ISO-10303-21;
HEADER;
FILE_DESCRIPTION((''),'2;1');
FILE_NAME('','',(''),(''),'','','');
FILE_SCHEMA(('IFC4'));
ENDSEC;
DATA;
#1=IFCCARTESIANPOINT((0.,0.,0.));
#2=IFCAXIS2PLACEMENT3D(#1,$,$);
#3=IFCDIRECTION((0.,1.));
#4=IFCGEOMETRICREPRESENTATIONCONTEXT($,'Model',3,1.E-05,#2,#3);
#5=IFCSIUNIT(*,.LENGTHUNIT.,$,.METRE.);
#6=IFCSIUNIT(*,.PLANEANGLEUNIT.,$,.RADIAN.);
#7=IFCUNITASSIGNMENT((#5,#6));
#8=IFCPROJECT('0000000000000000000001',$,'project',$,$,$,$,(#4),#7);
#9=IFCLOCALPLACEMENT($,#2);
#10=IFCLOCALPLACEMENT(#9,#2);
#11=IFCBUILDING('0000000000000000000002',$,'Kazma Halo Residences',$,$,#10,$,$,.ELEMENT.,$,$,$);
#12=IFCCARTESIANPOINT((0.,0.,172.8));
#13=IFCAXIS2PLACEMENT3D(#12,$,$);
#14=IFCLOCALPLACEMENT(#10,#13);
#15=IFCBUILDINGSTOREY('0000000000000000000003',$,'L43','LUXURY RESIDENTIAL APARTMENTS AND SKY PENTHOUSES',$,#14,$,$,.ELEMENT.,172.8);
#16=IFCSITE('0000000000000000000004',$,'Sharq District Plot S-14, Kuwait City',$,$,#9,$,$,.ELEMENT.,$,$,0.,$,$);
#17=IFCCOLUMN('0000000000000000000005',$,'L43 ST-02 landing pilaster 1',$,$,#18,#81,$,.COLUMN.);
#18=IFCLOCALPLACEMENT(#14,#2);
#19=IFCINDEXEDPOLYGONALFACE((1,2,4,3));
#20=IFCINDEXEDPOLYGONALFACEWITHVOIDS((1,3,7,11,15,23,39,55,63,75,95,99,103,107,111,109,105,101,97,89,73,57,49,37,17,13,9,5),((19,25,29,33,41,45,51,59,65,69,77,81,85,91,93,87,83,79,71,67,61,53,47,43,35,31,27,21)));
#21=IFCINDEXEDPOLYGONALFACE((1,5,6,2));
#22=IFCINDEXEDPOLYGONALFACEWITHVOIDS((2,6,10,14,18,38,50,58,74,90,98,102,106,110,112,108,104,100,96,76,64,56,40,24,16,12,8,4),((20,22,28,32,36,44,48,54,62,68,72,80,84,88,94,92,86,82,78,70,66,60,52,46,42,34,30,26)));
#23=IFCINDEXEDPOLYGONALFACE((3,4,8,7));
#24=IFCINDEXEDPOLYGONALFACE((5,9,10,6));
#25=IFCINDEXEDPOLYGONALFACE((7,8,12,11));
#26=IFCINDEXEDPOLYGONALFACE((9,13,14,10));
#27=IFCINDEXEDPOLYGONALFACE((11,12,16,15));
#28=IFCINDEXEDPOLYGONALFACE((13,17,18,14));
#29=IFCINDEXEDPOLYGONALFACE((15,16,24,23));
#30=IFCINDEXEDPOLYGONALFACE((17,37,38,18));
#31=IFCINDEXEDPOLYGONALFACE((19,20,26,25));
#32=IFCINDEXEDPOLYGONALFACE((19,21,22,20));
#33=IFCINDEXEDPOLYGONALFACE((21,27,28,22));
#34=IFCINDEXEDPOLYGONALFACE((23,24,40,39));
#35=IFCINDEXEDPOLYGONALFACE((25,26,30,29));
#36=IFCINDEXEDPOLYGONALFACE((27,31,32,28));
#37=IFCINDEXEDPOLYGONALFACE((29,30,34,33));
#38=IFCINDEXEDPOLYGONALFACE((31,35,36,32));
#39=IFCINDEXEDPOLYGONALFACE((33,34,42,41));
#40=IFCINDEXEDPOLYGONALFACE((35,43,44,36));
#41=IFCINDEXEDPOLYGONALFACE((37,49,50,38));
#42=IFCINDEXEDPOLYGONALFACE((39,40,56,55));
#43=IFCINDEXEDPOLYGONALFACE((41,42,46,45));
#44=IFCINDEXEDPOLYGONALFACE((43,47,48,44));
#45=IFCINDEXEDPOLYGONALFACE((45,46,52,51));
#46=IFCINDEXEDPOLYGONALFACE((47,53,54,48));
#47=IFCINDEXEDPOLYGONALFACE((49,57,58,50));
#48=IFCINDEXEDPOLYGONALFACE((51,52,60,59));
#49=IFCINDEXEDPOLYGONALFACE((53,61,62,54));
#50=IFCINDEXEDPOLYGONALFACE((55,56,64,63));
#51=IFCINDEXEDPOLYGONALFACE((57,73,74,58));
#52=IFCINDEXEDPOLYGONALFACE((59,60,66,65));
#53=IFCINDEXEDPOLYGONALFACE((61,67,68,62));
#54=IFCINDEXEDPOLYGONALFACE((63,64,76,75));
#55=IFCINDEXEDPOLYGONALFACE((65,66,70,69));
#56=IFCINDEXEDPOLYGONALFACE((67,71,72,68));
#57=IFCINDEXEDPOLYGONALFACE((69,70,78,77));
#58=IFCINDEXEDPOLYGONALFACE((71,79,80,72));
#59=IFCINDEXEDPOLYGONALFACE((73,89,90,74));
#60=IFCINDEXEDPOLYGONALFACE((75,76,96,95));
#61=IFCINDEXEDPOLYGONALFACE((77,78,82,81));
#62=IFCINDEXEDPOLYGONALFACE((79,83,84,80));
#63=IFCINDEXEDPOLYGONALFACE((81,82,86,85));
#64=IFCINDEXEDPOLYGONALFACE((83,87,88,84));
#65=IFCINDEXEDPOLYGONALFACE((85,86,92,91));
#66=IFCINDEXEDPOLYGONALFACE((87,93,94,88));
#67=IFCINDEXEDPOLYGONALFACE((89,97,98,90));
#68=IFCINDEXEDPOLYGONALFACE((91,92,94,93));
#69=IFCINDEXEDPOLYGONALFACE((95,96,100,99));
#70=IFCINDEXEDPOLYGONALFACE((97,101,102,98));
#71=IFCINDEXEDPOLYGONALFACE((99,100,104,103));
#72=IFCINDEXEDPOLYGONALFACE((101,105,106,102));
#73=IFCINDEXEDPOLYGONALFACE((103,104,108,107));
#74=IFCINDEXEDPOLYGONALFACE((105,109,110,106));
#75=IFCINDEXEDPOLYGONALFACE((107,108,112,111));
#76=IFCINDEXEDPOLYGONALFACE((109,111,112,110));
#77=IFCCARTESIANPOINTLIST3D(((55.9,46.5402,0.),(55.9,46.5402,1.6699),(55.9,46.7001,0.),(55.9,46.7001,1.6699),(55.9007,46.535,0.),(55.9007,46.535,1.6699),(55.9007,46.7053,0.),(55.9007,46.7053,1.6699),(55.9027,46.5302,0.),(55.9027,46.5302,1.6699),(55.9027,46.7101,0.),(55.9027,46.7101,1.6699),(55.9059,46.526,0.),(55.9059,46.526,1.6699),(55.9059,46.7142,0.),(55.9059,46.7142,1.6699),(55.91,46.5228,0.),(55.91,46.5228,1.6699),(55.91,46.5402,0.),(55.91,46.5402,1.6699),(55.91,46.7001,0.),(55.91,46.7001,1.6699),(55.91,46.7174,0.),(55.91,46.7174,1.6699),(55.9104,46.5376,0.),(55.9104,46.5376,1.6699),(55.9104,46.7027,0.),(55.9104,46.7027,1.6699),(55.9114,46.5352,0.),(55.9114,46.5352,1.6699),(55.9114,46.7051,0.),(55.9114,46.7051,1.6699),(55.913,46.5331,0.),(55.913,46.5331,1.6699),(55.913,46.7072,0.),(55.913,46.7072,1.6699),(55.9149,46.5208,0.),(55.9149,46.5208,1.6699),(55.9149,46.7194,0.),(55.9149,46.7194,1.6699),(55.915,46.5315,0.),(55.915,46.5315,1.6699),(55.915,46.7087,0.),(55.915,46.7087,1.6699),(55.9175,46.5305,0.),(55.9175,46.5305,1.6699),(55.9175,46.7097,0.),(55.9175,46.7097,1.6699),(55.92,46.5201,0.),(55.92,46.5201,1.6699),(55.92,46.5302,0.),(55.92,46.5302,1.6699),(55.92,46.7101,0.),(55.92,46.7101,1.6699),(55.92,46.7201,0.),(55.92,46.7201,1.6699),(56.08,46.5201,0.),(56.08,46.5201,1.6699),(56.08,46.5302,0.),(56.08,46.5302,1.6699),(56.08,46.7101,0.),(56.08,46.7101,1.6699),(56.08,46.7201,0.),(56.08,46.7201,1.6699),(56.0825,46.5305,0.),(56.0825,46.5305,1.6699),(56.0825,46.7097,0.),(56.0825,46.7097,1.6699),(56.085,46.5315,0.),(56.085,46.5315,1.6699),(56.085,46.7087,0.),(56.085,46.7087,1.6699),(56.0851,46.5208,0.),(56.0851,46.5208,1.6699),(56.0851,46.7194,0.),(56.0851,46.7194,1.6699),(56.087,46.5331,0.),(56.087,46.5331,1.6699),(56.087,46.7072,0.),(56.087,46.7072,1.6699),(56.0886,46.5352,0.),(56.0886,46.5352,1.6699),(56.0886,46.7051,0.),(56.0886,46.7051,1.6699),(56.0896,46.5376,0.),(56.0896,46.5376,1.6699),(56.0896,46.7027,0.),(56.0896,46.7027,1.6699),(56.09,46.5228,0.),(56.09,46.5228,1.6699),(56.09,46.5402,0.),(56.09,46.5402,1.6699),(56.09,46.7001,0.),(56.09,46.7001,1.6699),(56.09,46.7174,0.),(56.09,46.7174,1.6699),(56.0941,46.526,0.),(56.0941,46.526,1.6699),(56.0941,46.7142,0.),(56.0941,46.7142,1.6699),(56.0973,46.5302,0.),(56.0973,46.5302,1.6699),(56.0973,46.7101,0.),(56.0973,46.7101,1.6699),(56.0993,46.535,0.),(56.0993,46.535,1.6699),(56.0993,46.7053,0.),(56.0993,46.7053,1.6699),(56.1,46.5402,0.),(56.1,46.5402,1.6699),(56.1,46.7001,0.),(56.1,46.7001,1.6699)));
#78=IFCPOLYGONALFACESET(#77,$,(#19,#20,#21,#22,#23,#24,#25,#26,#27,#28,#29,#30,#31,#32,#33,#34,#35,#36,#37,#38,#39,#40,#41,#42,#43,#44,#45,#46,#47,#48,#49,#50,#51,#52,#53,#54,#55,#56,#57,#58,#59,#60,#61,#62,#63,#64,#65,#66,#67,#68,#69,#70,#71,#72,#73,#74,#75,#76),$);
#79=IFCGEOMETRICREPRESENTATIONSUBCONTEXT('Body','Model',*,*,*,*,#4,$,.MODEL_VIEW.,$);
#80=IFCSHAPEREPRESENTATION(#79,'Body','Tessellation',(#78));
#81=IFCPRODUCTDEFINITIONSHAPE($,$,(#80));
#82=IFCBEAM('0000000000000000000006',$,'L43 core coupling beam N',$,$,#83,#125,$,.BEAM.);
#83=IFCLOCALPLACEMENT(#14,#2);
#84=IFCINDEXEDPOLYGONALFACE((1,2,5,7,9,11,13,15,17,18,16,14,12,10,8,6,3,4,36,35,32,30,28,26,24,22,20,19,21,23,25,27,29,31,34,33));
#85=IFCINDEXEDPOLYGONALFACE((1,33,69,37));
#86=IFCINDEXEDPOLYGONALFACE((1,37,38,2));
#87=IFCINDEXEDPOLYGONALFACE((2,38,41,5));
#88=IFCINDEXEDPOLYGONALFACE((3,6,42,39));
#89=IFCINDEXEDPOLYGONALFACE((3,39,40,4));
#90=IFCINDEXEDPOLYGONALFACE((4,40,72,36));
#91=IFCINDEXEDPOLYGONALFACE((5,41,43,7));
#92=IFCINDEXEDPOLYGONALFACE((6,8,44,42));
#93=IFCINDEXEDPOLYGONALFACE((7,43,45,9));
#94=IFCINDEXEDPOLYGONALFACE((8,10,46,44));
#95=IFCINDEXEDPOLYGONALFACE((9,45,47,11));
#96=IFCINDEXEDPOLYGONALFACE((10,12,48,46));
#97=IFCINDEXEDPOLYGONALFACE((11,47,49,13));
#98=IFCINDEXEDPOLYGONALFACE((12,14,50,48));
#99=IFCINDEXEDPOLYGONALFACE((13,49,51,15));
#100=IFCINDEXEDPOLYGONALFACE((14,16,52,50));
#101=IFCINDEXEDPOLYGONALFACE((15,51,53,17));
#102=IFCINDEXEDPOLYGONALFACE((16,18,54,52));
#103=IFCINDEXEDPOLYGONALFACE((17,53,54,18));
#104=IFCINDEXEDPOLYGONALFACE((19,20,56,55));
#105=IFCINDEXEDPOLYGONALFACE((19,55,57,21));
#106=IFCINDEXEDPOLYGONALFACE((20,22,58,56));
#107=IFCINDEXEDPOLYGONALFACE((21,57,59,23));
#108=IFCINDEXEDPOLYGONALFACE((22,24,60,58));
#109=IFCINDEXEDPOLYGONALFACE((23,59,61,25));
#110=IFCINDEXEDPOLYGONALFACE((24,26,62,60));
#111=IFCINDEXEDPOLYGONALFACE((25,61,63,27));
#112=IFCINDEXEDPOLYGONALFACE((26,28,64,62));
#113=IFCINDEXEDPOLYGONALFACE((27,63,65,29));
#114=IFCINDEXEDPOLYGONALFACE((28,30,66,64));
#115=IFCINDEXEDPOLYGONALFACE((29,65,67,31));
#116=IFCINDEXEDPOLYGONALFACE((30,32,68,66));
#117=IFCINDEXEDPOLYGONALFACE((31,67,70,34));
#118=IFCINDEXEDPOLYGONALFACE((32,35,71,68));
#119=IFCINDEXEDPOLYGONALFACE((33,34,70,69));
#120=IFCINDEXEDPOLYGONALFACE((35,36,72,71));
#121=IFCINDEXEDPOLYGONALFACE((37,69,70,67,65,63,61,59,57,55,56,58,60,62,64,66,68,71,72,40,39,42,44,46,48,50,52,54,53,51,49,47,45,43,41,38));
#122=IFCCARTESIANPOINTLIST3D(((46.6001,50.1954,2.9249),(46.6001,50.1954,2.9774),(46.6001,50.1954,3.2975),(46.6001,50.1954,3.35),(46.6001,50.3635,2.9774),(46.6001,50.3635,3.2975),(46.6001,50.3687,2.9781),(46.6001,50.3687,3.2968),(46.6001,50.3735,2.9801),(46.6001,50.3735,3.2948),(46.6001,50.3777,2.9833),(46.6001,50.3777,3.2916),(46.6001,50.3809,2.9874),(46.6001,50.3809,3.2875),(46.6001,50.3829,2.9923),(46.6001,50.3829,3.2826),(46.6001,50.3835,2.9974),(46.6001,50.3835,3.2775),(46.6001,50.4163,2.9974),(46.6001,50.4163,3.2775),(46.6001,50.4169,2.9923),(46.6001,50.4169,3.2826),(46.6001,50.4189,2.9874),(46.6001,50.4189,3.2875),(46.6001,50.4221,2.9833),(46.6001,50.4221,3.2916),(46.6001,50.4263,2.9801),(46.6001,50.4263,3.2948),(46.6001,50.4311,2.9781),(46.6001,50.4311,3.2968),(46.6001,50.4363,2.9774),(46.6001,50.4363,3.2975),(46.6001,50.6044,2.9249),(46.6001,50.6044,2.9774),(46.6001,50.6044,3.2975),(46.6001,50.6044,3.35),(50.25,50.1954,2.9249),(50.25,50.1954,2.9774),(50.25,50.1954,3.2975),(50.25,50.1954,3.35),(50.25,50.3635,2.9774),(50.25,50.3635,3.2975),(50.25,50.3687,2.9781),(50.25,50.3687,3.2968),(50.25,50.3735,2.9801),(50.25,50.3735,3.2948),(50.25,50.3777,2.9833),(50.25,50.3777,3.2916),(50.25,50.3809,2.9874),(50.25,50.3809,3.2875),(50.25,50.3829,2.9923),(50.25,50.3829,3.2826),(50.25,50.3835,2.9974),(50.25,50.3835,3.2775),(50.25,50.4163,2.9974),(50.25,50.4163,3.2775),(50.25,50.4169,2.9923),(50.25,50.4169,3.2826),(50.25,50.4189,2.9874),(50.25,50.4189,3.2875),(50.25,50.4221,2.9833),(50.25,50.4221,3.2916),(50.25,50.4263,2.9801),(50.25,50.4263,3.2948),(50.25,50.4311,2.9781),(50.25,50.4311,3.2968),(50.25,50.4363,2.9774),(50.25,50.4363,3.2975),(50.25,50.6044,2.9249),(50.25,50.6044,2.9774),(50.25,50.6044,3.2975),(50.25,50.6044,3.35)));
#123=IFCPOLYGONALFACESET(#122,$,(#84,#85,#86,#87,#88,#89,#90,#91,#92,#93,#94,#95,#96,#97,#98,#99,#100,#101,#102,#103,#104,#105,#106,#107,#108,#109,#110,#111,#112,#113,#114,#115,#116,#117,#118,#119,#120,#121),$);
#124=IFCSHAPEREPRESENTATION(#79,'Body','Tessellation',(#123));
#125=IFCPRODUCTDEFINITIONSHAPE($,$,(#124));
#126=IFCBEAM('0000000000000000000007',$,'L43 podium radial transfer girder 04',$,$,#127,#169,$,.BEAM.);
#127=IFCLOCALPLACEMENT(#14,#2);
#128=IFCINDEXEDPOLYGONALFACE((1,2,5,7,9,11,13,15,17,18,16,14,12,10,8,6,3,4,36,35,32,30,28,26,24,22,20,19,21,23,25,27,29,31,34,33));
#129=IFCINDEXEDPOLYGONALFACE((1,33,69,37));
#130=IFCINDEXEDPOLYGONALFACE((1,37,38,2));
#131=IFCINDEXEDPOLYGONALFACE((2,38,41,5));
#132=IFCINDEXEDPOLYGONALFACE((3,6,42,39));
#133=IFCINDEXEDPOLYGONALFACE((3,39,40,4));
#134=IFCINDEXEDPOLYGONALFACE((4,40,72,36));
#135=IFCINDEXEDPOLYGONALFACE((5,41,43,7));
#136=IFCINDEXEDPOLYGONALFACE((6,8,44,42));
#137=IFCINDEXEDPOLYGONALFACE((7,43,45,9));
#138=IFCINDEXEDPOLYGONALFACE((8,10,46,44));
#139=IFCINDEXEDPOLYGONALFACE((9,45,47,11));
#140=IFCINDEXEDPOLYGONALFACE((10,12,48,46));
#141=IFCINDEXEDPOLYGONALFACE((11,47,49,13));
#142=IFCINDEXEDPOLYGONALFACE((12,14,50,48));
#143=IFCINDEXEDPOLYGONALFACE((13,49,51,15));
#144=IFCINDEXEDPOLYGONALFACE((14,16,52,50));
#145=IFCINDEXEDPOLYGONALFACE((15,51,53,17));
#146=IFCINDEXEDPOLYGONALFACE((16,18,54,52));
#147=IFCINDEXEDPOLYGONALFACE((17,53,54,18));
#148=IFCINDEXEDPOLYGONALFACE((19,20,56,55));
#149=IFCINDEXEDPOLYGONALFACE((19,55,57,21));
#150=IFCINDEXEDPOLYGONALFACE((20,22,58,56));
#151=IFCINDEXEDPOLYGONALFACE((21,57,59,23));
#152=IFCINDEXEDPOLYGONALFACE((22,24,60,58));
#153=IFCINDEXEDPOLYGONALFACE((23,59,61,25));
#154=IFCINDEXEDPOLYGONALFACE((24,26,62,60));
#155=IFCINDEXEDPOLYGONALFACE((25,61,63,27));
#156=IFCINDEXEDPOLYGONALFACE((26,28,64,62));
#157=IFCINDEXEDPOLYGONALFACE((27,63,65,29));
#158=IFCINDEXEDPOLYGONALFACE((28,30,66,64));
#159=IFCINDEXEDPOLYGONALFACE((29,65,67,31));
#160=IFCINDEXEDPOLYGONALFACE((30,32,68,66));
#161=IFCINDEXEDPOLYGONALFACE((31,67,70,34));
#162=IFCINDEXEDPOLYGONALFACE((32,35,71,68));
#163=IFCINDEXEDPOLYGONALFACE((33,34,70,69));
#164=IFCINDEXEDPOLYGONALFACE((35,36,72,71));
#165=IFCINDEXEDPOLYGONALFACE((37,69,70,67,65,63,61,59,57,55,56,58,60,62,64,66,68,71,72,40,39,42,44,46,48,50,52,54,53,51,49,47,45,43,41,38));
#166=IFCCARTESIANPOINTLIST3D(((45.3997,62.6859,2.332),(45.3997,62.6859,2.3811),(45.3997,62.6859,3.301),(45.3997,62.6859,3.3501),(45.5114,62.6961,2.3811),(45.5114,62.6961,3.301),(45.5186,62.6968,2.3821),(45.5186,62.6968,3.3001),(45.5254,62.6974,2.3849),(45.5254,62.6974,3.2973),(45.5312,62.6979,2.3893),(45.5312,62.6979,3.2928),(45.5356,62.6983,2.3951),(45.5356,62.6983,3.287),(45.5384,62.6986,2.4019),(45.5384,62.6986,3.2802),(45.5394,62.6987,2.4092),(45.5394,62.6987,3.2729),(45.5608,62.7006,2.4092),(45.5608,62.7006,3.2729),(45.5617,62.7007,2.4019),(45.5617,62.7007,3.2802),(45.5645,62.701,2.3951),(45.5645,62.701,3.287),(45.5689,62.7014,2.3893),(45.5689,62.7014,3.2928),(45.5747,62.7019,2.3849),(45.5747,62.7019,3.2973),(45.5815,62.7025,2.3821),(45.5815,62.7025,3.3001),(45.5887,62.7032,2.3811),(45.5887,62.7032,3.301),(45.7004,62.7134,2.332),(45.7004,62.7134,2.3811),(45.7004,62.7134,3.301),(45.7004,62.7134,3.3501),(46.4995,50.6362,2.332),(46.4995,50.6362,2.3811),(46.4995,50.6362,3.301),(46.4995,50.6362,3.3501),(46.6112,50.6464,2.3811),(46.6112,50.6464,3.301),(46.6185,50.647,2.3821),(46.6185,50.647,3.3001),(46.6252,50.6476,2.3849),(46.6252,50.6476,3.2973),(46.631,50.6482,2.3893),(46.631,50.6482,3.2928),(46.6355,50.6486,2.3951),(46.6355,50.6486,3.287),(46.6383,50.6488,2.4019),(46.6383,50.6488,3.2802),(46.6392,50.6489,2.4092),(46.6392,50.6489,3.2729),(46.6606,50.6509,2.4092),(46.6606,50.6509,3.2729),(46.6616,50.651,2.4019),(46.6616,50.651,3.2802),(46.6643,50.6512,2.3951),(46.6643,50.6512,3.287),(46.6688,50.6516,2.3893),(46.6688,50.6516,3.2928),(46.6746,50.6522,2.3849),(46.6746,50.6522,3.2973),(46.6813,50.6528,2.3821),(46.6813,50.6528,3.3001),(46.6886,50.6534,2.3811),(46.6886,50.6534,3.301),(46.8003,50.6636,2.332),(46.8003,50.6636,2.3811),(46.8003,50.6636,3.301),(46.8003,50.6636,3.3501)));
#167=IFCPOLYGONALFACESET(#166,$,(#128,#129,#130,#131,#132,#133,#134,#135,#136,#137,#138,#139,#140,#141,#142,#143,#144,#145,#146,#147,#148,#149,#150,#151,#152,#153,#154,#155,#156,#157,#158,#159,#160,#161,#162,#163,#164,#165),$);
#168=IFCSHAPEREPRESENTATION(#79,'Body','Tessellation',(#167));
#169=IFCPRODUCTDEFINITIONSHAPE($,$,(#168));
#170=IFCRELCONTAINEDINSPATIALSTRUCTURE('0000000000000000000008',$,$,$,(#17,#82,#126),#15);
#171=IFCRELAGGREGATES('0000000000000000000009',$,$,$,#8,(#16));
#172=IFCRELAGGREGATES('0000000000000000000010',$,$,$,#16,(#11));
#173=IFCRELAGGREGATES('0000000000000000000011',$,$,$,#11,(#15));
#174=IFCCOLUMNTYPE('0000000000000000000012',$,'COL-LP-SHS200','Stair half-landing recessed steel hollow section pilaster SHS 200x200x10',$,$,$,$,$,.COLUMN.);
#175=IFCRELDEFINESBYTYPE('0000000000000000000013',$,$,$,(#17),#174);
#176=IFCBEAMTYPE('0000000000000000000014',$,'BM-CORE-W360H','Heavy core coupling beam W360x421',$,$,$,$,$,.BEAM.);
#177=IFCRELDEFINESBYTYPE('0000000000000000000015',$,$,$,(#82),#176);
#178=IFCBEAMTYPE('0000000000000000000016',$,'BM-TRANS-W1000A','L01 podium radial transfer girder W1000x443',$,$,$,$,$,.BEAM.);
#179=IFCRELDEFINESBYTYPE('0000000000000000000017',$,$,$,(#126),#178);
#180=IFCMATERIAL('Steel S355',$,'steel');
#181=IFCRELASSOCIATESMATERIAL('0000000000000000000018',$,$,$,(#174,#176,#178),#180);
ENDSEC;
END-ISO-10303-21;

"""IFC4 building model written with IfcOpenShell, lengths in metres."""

from ifc_helpers import new_model, si_unit, direction, frame, origin, origin_2d, place, context, subcontext, project, spatial, hollow_rectangle, i_section, extrude, material, material_profile, profile_set, type_object, element, save


model = new_model("IFC4")

# Units and contexts
model_context = context("Model", 3, precision=1e-05, world=origin(), true_north=direction((0.0, 1.0)))
body_context = subcontext(model_context, "Body", "Model", "MODEL_VIEW")
ifc_project = project(units=[si_unit("LENGTHUNIT", "METRE"), si_unit("PLANEANGLEUNIT", "RADIAN")], contexts=[model_context])

# Site, building, storey
site_placement = place(None, origin())
site = spatial("IfcSite", under=ifc_project, at=site_placement, Name="Sharq District Plot S-14, Kuwait City", CompositionType="ELEMENT", RefElevation=0.0)
building_placement = place(site_placement, origin())
building = spatial("IfcBuilding", under=site, at=building_placement, Name="Kazma Halo Residences", CompositionType="ELEMENT")
storey_placement = place(building_placement, frame((0.0, 0.0, 172.8)))
storey = spatial("IfcBuildingStorey", under=building, at=storey_placement, Name="L43", Description="LUXURY RESIDENTIAL APARTMENTS AND SKY PENTHOUSES", CompositionType="ELEMENT", Elevation=172.8)

# Column
ifc_material_1 = material(Name="Steel S355", Category="steel")
ifc_material_profile_1 = material_profile(ifc_material_1, hollow_rectangle(XDim=0.2, YDim=0.2, WallThickness=0.01, InnerFilletRadius=0.01, OuterFilletRadius=0.02, at=origin_2d()), Name="SHS200x200x10")
ifc_profile_set_1 = profile_set([ifc_material_profile_1], Name="Steel S355")
column_type = type_object("IfcColumnType", Name="COL-LP-SHS200", Description="Stair half-landing recessed steel hollow section pilaster SHS 200x200x10", PredefinedType="COLUMN", material=ifc_profile_set_1)
column_placement = place(storey_placement, frame((56.0, 46.6201, 0.0), z_axis=(0.0, 0.0, 1.0), x_axis=(1.0, 0.0, 0.0)))
element("IfcColumn", 1, at=column_placement, inside=storey, type_object=column_type, Name="L43 ST-02 landing pilaster 1", PredefinedType="COLUMN", context=body_context, shape_type="SweptSolid", body=[
    extrude(hollow_rectangle(XDim=0.2, YDim=0.2, WallThickness=0.01, InnerFilletRadius=0.01, OuterFilletRadius=0.02, at=origin_2d()), origin(), (0.0, 0.0, 1.0), 1.6699),
])

# Beams
ifc_material_profile_2 = material_profile(ifc_material_1, i_section(OverallWidth=0.4089, OverallDepth=0.425, WebThickness=0.0327, FlangeThickness=0.0525, FilletRadius=0.02, at=origin_2d()), Name="W360x421")
ifc_profile_set_2 = profile_set([ifc_material_profile_2], Name="Steel S355")
beam_type_1 = type_object("IfcBeamType", Name="BM-CORE-W360H", Description="Heavy core coupling beam W360x421", PredefinedType="BEAM", material=ifc_profile_set_2)
beam_1_placement = place(storey_placement, frame((46.6001, 50.3999, 3.1375), z_axis=(1.0, 0.0, 0.0), x_axis=(0.0, 1.0, 0.0)))
element("IfcBeam", 2, at=beam_1_placement, inside=storey, type_object=beam_type_1, Name="L43 core coupling beam N", PredefinedType="BEAM", context=body_context, shape_type="SweptSolid", body=[
    extrude(i_section(OverallWidth=0.4089, OverallDepth=0.425, WebThickness=0.0327, FlangeThickness=0.0525, FilletRadius=0.02, at=origin_2d()), origin(), (0.0, 0.0, 1.0), 3.6499),
])
ifc_material_profile_3 = material_profile(ifc_material_1, i_section(OverallWidth=0.302, OverallDepth=1.0181, WebThickness=0.0215, FlangeThickness=0.0491, FilletRadius=0.0281, at=origin_2d()), Name="W1000x443")
ifc_profile_set_3 = profile_set([ifc_material_profile_3], Name="Steel S355")
beam_type_2 = type_object("IfcBeamType", Name="BM-TRANS-W1000A", Description="L01 podium radial transfer girder W1000x443", PredefinedType="BEAM", material=ifc_profile_set_3)
beam_2_placement = place(storey_placement, frame((46.6499, 50.6499, 2.8411), z_axis=(-0.090898, 0.99586, 0.0), x_axis=(-0.99586, -0.090898, 0.0)))
element("IfcBeam", 3, at=beam_2_placement, inside=storey, type_object=beam_type_2, Name="L43 podium radial transfer girder 04", PredefinedType="BEAM", context=body_context, shape_type="SweptSolid", body=[
    extrude(i_section(OverallWidth=0.302, OverallDepth=1.0181, WebThickness=0.0215, FlangeThickness=0.0491, FilletRadius=0.0281, at=origin_2d()), origin(), (0.0, 0.0, 1.0), 12.0999),
])

save(model, "model.ifc")
